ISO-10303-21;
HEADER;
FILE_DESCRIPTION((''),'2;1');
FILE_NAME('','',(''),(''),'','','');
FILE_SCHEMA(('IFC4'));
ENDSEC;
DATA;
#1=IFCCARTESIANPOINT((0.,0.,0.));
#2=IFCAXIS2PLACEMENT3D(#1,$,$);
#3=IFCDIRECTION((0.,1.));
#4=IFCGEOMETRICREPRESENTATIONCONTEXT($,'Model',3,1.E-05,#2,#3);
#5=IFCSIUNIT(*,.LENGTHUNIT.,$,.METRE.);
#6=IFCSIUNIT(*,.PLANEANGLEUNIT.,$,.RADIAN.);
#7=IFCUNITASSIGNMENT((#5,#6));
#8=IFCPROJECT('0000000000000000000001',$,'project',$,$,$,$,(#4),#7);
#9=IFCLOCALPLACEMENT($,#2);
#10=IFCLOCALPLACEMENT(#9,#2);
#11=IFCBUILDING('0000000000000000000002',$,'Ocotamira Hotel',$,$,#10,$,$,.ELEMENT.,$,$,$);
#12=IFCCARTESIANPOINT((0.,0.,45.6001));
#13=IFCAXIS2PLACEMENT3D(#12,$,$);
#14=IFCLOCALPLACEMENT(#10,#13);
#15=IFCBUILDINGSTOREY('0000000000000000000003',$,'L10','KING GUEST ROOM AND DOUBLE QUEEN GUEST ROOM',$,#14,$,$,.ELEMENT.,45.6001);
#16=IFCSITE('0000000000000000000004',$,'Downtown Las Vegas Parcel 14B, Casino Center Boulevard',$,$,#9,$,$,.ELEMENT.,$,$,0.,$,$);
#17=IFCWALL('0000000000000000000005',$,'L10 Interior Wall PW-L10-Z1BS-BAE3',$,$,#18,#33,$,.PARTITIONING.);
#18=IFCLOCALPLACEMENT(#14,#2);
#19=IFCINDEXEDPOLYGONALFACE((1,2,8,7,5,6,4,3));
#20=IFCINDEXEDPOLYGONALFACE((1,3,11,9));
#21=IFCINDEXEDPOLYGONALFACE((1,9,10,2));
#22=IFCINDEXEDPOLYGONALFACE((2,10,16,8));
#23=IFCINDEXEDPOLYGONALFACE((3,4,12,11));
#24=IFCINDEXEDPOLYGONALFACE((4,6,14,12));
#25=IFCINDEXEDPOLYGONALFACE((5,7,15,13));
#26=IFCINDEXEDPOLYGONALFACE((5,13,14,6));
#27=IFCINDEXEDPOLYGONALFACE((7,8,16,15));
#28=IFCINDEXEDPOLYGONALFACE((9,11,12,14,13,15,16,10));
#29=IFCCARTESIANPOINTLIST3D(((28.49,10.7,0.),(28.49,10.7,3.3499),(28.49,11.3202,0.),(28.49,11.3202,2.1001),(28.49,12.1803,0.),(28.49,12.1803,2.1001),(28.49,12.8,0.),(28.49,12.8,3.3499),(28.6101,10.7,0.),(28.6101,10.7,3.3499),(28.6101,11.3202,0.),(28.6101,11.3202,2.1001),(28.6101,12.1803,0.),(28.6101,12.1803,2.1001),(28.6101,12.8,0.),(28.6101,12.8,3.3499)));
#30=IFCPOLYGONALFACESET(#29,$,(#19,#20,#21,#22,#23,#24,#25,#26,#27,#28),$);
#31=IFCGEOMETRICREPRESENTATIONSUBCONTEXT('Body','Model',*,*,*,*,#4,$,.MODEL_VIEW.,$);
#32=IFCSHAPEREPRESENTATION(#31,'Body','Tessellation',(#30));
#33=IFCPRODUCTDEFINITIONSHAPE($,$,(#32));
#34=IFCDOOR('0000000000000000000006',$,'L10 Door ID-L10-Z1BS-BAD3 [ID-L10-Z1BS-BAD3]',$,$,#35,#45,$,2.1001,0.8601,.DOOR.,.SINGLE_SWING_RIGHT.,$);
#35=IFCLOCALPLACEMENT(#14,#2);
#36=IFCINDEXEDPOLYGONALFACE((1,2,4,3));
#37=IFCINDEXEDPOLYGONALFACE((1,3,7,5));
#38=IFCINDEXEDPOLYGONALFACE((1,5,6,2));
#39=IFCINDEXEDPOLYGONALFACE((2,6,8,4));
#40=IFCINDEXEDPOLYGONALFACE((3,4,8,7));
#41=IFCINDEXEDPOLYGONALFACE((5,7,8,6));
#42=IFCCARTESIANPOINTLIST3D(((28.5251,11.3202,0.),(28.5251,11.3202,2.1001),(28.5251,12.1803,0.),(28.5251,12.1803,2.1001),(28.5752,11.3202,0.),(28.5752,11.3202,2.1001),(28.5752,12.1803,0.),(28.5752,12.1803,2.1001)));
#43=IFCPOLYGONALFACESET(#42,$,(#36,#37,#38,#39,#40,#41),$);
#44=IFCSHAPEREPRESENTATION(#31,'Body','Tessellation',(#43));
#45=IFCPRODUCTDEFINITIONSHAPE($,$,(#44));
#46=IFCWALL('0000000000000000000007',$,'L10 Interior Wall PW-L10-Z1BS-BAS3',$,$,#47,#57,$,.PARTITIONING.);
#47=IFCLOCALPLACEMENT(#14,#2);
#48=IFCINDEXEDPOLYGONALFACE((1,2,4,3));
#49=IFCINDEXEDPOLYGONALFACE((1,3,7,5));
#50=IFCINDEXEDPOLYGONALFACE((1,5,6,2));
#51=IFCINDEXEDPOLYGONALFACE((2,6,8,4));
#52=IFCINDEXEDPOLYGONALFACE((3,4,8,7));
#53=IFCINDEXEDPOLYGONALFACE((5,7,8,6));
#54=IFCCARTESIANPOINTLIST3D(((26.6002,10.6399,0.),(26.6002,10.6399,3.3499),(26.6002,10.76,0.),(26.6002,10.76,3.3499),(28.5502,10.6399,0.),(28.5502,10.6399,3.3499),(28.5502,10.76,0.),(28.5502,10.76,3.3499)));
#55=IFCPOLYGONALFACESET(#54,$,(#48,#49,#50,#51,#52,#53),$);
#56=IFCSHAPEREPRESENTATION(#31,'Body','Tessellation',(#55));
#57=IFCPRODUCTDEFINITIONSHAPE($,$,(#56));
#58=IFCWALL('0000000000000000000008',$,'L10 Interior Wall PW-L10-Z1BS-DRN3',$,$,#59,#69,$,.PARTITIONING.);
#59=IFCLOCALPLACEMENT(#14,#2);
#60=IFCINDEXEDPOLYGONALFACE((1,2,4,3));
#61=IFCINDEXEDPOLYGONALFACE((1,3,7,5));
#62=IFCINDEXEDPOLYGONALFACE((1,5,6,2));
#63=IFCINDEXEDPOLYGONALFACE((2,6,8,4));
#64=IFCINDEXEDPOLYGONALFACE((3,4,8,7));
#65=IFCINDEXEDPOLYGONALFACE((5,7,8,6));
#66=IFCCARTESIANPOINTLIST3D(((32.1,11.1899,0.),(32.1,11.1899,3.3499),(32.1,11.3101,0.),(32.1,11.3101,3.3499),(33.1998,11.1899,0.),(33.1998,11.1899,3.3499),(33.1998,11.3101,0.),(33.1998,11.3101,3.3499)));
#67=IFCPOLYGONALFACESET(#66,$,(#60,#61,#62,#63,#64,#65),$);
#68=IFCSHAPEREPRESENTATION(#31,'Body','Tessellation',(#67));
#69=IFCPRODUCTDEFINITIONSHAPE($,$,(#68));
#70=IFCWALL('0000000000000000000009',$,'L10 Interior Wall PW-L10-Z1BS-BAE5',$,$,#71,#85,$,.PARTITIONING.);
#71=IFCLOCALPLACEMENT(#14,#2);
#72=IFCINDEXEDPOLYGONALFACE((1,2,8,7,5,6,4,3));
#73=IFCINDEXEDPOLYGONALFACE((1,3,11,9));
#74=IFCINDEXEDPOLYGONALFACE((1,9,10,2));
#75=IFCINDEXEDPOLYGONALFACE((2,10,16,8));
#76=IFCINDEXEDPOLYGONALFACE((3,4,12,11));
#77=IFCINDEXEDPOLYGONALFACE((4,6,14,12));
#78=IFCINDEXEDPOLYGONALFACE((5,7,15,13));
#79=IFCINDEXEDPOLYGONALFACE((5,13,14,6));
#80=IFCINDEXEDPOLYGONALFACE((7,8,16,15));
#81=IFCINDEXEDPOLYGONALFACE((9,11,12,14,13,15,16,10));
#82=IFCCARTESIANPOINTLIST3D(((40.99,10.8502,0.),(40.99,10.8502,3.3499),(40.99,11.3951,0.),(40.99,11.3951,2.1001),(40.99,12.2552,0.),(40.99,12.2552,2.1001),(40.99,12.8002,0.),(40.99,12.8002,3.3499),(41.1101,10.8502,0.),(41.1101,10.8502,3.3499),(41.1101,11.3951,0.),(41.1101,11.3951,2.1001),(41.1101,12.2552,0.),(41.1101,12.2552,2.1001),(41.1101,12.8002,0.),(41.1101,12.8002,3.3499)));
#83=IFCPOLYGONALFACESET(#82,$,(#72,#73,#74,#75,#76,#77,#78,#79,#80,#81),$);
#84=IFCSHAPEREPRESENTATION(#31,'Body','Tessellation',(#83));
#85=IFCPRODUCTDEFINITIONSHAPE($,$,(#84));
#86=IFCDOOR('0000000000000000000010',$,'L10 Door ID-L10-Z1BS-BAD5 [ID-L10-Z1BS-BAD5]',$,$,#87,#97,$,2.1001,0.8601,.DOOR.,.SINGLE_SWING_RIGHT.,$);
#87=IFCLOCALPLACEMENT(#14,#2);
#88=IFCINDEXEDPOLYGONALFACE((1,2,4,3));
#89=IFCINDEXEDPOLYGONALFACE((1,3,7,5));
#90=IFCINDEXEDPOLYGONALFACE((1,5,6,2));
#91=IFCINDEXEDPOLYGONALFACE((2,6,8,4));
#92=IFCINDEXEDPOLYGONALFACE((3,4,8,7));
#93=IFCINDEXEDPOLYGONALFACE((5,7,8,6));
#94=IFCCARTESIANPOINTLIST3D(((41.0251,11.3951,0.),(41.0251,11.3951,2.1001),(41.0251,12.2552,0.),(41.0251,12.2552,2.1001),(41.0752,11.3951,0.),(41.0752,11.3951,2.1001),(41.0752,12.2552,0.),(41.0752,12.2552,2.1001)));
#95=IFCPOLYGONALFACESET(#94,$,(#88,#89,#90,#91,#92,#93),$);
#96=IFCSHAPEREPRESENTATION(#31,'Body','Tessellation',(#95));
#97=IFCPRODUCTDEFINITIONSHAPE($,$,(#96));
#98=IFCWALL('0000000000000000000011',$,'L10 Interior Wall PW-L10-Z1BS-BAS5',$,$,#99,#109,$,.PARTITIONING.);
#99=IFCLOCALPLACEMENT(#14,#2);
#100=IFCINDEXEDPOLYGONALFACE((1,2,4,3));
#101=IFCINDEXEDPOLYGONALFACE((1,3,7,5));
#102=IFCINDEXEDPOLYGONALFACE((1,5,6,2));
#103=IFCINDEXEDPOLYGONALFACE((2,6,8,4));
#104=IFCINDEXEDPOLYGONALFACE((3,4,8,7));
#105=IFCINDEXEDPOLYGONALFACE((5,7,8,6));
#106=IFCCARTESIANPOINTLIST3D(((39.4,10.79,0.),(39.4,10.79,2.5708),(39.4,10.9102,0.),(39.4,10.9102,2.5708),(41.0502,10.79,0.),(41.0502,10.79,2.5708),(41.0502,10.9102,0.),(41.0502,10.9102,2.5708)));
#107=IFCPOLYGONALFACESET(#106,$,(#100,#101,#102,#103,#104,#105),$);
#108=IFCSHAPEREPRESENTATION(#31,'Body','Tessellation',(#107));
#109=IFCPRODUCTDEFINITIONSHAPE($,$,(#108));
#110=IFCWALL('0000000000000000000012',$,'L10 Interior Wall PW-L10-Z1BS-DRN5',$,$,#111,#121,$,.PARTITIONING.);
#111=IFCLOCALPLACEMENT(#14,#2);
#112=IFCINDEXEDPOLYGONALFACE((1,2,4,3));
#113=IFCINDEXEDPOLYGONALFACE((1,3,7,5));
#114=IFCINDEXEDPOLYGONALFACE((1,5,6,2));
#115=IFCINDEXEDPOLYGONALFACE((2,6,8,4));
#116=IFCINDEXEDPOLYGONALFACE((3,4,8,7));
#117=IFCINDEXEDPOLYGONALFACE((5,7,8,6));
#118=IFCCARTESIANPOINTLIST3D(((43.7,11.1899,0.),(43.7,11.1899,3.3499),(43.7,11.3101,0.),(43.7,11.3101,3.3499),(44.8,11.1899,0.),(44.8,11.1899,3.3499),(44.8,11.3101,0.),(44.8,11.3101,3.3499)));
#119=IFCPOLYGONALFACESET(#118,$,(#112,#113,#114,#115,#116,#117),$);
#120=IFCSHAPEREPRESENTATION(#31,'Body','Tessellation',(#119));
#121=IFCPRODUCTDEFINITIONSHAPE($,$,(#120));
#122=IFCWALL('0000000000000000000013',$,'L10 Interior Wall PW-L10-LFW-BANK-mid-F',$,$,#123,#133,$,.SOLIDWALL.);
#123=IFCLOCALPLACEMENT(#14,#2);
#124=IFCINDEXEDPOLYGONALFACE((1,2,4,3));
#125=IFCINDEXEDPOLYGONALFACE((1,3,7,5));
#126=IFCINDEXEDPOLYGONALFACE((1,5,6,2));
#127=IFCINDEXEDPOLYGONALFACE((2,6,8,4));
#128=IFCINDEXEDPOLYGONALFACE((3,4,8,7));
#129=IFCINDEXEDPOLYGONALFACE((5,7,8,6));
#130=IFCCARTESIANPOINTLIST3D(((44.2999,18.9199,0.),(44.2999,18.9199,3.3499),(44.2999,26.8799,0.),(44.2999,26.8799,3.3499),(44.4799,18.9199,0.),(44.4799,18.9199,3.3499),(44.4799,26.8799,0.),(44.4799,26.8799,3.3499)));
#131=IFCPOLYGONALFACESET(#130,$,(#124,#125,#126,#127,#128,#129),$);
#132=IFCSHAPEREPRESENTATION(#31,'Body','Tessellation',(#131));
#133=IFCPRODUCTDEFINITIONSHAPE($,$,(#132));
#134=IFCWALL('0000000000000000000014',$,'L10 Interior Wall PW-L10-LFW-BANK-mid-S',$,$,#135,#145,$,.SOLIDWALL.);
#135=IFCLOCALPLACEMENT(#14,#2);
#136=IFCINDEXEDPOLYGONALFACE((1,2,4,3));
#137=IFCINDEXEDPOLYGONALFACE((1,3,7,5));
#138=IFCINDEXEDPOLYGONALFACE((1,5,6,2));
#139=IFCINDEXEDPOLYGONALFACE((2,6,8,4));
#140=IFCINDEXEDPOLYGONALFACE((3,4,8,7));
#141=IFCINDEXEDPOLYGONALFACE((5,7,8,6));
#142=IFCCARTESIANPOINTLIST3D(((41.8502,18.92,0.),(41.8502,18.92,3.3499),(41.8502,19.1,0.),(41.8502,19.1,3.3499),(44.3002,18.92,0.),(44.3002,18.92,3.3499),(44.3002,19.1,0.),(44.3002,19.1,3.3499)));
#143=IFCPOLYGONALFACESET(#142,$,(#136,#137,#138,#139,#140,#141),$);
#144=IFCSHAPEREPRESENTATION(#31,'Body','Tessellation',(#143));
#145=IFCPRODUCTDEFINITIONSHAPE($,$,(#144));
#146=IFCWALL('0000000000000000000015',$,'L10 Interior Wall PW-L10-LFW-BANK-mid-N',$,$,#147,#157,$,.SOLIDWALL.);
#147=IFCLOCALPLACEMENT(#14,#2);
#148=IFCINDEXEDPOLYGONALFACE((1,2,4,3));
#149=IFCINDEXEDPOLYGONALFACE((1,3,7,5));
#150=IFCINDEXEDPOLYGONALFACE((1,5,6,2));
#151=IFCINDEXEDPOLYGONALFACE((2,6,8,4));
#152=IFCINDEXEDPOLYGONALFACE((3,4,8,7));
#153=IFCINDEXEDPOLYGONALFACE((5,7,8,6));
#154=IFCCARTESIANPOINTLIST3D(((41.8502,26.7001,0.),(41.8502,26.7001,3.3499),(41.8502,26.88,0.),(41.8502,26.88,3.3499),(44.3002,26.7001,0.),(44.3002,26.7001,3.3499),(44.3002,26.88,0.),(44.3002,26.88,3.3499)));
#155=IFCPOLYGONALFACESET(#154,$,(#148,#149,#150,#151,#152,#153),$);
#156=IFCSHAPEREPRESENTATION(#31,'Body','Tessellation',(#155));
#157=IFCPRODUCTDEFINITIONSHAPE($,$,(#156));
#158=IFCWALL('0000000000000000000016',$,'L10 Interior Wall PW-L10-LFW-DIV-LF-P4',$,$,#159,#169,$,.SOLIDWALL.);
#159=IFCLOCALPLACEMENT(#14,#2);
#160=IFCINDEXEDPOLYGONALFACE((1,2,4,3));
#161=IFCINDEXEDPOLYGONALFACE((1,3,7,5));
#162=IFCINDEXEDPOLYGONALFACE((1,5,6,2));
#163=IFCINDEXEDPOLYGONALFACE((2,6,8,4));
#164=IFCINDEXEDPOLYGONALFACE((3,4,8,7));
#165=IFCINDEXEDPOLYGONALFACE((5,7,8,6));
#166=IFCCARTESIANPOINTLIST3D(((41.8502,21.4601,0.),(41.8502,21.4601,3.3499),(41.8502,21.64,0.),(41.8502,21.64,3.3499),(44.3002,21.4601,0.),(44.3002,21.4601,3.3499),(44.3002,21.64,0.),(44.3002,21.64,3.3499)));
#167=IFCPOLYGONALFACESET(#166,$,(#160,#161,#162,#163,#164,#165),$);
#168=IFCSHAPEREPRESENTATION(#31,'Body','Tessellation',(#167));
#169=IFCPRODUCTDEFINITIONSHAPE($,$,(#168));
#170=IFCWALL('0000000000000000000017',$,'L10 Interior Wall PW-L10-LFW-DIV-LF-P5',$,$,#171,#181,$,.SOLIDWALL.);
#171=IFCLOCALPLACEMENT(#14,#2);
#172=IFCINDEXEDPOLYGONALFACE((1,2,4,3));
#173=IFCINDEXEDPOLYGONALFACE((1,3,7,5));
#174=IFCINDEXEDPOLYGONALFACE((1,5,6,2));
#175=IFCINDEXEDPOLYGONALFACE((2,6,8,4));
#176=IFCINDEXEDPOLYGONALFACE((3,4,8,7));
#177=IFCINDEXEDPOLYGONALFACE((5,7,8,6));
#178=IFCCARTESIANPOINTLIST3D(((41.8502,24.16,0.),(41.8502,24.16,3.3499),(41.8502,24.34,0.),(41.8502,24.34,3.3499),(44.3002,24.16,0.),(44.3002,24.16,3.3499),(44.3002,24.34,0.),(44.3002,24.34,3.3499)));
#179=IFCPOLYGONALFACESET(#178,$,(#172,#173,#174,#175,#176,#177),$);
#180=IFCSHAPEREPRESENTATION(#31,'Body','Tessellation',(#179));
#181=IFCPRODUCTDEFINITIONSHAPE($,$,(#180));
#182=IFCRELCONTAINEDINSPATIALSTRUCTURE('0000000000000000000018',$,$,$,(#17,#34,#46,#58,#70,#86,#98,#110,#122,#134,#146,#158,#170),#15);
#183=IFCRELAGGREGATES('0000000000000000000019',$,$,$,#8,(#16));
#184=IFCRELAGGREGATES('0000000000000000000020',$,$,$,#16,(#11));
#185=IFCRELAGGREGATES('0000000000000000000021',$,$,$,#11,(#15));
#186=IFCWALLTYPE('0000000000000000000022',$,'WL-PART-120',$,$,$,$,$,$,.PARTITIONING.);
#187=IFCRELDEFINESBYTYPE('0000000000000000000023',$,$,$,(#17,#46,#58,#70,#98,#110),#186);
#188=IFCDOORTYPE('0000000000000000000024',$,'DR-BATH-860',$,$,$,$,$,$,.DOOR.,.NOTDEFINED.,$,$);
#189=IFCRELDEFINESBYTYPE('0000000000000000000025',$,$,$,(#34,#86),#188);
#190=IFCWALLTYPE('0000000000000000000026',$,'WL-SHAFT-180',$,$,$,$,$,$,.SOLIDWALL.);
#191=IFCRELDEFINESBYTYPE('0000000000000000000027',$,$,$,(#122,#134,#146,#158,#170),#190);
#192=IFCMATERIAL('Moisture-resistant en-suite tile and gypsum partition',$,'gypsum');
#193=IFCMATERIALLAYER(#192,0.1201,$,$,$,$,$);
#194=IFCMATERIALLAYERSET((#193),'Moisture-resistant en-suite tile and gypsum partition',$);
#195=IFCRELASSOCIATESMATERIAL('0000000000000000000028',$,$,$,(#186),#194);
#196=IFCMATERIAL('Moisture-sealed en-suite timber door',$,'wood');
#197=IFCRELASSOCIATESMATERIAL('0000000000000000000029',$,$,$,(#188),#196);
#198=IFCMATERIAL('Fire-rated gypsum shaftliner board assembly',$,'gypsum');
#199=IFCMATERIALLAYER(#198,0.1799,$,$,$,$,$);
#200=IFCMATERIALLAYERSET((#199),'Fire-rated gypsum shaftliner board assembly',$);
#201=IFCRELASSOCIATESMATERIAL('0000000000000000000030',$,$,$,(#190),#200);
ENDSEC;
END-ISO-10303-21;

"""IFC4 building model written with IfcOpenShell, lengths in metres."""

from ifc_helpers import new_model, si_unit, direction, frame, frame_2d, origin, place, context, subcontext, project, spatial, rectangle, extrude, source, transform, mapped, material, layer, layer_set, type_object, element, fill, save


model = new_model("IFC4")

# Units and contexts
model_context = context("Model", 3, precision=1e-05, world=origin(), true_north=direction((0.0, 1.0)))
body_context = subcontext(model_context, "Body", "Model", "MODEL_VIEW")
ifc_project = project(units=[si_unit("LENGTHUNIT", "METRE"), si_unit("PLANEANGLEUNIT", "RADIAN")], contexts=[model_context])

# Site, building, storey
site_placement = place(None, origin())
site = spatial("IfcSite", under=ifc_project, at=site_placement, Name="Downtown Las Vegas Parcel 14B, Casino Center Boulevard", CompositionType="ELEMENT", RefElevation=0.0)
building_placement = place(site_placement, origin())
building = spatial("IfcBuilding", under=site, at=building_placement, Name="Ocotamira Hotel", CompositionType="ELEMENT")
storey_placement = place(building_placement, frame((0.0, 0.0, 45.6001)))
storey = spatial("IfcBuildingStorey", under=building, at=storey_placement, Name="L10", Description="KING GUEST ROOM AND DOUBLE QUEEN GUEST ROOM", CompositionType="ELEMENT", Elevation=45.6001)

# Wall, opening, door
ifc_material_1 = material(Name="Moisture-resistant en-suite tile and gypsum partition", Category="gypsum")
ifc_layer_1 = layer(ifc_material_1, 0.1201)
ifc_layer_set_1 = layer_set([ifc_layer_1], Name="Moisture-resistant en-suite tile and gypsum partition")
wall_type_1 = type_object("IfcWallType", Name="WL-PART-120", PredefinedType="PARTITIONING", material=ifc_layer_set_1)
wall_1_placement = place(storey_placement, frame((28.55, 10.7, 0.0), z_axis=(0.0, 0.0, 1.0), x_axis=(0.0, 1.0, 0.0)))
wall_1 = element("IfcWall", 1, at=wall_1_placement, inside=storey, type_object=wall_type_1, Name="L10 Interior Wall PW-L10-Z1BS-BAE3", PredefinedType="PARTITIONING", context=body_context, shape_type="SweptSolid", body=[
    extrude(rectangle(XDim=2.1001, YDim=0.1201, at=frame_2d((1.05, 0.0))), origin(), (0.0, 0.0, 1.0), 3.3499),
])
opening_1_placement = place(wall_1_placement, frame((0.6201, 0.0, 0.0)))
opening_1 = element("IfcOpeningElement", 2, at=opening_1_placement, cuts=wall_1, PredefinedType="OPENING", context=body_context, shape_type="SweptSolid", body=[
    extrude(rectangle(XDim=0.8601, YDim=2.1001, at=frame_2d((0.4302, 1.05))), frame((0.0, 0.0701, 0.0), z_axis=(0.0, -1.0, 0.0), x_axis=(1.0, 0.0, 0.0)), (0.0, 0.0, 1.0), 0.1401),
])
ifc_material_2 = material(Name="Moisture-sealed en-suite timber door", Category="wood")
door_type_1 = type_object("IfcDoorType", Name="DR-BATH-860", OperationType="NOTDEFINED", PredefinedType="DOOR", material=ifc_material_2)
shared_shape_1 = source(origin(), body_context, "Body", "SweptSolid", [
    extrude(rectangle(XDim=0.8601, YDim=2.1001, at=frame_2d((0.4302, 1.05))), frame((0.0, 0.0249, 0.0), z_axis=(0.0, -1.0, 0.0), x_axis=(1.0, 0.0, 0.0)), (0.0, 0.0, 1.0), 0.05),
])
door_1_placement = place(opening_1_placement, origin())
door_1 = element("IfcDoor", 3, at=door_1_placement, inside=storey, type_object=door_type_1, Name="L10 Door ID-L10-Z1BS-BAD3 [ID-L10-Z1BS-BAD3]", OperationType="SINGLE_SWING_RIGHT", OverallHeight=2.1001, OverallWidth=0.8601, PredefinedType="DOOR", context=body_context, shape_type="MappedRepresentation", body=[
    mapped(shared_shape_1, transform((0.0, 0.0, 0.0), scale=1.0)),
])
fill(opening_1, door_1)

# Walls
wall_2_placement = place(storey_placement, frame((26.6001, 10.7, 0.0), z_axis=(0.0, 0.0, 1.0), x_axis=(1.0, 0.0, 0.0)))
element("IfcWall", 4, at=wall_2_placement, inside=storey, type_object=wall_type_1, Name="L10 Interior Wall PW-L10-Z1BS-BAS3", PredefinedType="PARTITIONING", context=body_context, shape_type="SweptSolid", body=[
    extrude(rectangle(XDim=1.95, YDim=0.1201, at=frame_2d((0.9751, 0.0))), origin(), (0.0, 0.0, 1.0), 3.3499),
])
wall_3_placement = place(storey_placement, frame((32.1001, 11.25, 0.0), z_axis=(0.0, 0.0, 1.0), x_axis=(1.0, 0.0, 0.0)))
element("IfcWall", 5, at=wall_3_placement, inside=storey, type_object=wall_type_1, Name="L10 Interior Wall PW-L10-Z1BS-DRN3", PredefinedType="PARTITIONING", context=body_context, shape_type="SweptSolid", body=[
    extrude(rectangle(XDim=1.0999, YDim=0.1201, at=frame_2d((0.5498, 0.0))), origin(), (0.0, 0.0, 1.0), 3.3499),
])

# Wall, opening, door
wall_4_placement = place(storey_placement, frame((41.05, 10.8501, 0.0), z_axis=(0.0, 0.0, 1.0), x_axis=(0.0, 1.0, 0.0)))
wall_4 = element("IfcWall", 6, at=wall_4_placement, inside=storey, type_object=wall_type_1, Name="L10 Interior Wall PW-L10-Z1BS-BAE5", PredefinedType="PARTITIONING", context=body_context, shape_type="SweptSolid", body=[
    extrude(rectangle(XDim=1.95, YDim=0.1201, at=frame_2d((0.9751, 0.0))), origin(), (0.0, 0.0, 1.0), 3.3499),
])
opening_2_placement = place(wall_4_placement, frame((0.5449, 0.0, 0.0)))
opening_2 = element("IfcOpeningElement", 7, at=opening_2_placement, cuts=wall_4, PredefinedType="OPENING", context=body_context, shape_type="SweptSolid", body=[
    extrude(rectangle(XDim=0.8601, YDim=2.1001, at=frame_2d((0.4302, 1.05))), frame((0.0, 0.0701, 0.0), z_axis=(0.0, -1.0, 0.0), x_axis=(1.0, 0.0, 0.0)), (0.0, 0.0, 1.0), 0.1401),
])
door_2_placement = place(opening_2_placement, origin())
door_2 = element("IfcDoor", 8, at=door_2_placement, inside=storey, type_object=door_type_1, Name="L10 Door ID-L10-Z1BS-BAD5 [ID-L10-Z1BS-BAD5]", OperationType="SINGLE_SWING_RIGHT", OverallHeight=2.1001, OverallWidth=0.8601, PredefinedType="DOOR", context=body_context, shape_type="MappedRepresentation", body=[
    mapped(shared_shape_1, transform((0.0, 0.0, 0.0), scale=1.0)),
])
fill(opening_2, door_2)

# Walls
wall_5_placement = place(storey_placement, frame((39.3999, 10.8501, 0.0), z_axis=(0.0, 0.0, 1.0), x_axis=(1.0, 0.0, 0.0)))
element("IfcWall", 9, at=wall_5_placement, inside=storey, type_object=wall_type_1, Name="L10 Interior Wall PW-L10-Z1BS-BAS5", PredefinedType="PARTITIONING", context=body_context, shape_type="SweptSolid", body=[
    extrude(rectangle(XDim=1.6501, YDim=0.1201, at=frame_2d((0.8252, 0.0))), origin(), (0.0, 0.0, 1.0), 2.5708),
])
wall_6_placement = place(storey_placement, frame((43.7, 11.25, 0.0), z_axis=(0.0, 0.0, 1.0), x_axis=(1.0, 0.0, 0.0)))
element("IfcWall", 10, at=wall_6_placement, inside=storey, type_object=wall_type_1, Name="L10 Interior Wall PW-L10-Z1BS-DRN5", PredefinedType="PARTITIONING", context=body_context, shape_type="SweptSolid", body=[
    extrude(rectangle(XDim=1.1001, YDim=0.1201, at=frame_2d((0.55, 0.0))), origin(), (0.0, 0.0, 1.0), 3.3499),
])
ifc_material_3 = material(Name="Fire-rated gypsum shaftliner board assembly", Category="gypsum")
ifc_layer_2 = layer(ifc_material_3, 0.1799)
ifc_layer_set_2 = layer_set([ifc_layer_2], Name="Fire-rated gypsum shaftliner board assembly")
wall_type_2 = type_object("IfcWallType", Name="WL-SHAFT-180", PredefinedType="SOLIDWALL", material=ifc_layer_set_2)
wall_7_placement = place(storey_placement, frame((44.3899, 18.9199, 0.0), z_axis=(0.0, 0.0, 1.0), x_axis=(0.0, 1.0, 0.0)))
element("IfcWall", 11, at=wall_7_placement, inside=storey, type_object=wall_type_2, Name="L10 Interior Wall PW-L10-LFW-BANK-mid-F", PredefinedType="SOLIDWALL", context=body_context, shape_type="SweptSolid", body=[
    extrude(rectangle(XDim=7.96, YDim=0.1799, at=frame_2d((3.98, 0.0))), origin(), (0.0, 0.0, 1.0), 3.3499),
])
for number, where, z_axis, x_axis, name in (
    (12, (41.8501, 19.01, 0.0), (0.0, 0.0, 1.0), (1.0, 0.0, 0.0), "L10 Interior Wall PW-L10-LFW-BANK-mid-S"),
    (13, (41.8501, 26.79, 0.0), (0.0, 0.0, 1.0), (1.0, 0.0, 0.0), "L10 Interior Wall PW-L10-LFW-BANK-mid-N"),
    (14, (41.8501, 21.55, 0.0), (0.0, 0.0, 1.0), (1.0, 0.0, 0.0), "L10 Interior Wall PW-L10-LFW-DIV-LF-P4"),
    (15, (41.8501, 24.25, 0.0), (0.0, 0.0, 1.0), (1.0, 0.0, 0.0), "L10 Interior Wall PW-L10-LFW-DIV-LF-P5"),
):
    element("IfcWall", number, at=place(storey_placement, frame(where, z_axis=z_axis, x_axis=x_axis)), inside=storey, type_object=wall_type_2, Name=name, PredefinedType="SOLIDWALL", context=body_context, shape_type="SweptSolid", body=[
        extrude(rectangle(XDim=2.45, YDim=0.1799, at=frame_2d((1.2251, 0.0))), origin(), (0.0, 0.0, 1.0), 3.3499),
    ])

save(model, "model.ifc")
